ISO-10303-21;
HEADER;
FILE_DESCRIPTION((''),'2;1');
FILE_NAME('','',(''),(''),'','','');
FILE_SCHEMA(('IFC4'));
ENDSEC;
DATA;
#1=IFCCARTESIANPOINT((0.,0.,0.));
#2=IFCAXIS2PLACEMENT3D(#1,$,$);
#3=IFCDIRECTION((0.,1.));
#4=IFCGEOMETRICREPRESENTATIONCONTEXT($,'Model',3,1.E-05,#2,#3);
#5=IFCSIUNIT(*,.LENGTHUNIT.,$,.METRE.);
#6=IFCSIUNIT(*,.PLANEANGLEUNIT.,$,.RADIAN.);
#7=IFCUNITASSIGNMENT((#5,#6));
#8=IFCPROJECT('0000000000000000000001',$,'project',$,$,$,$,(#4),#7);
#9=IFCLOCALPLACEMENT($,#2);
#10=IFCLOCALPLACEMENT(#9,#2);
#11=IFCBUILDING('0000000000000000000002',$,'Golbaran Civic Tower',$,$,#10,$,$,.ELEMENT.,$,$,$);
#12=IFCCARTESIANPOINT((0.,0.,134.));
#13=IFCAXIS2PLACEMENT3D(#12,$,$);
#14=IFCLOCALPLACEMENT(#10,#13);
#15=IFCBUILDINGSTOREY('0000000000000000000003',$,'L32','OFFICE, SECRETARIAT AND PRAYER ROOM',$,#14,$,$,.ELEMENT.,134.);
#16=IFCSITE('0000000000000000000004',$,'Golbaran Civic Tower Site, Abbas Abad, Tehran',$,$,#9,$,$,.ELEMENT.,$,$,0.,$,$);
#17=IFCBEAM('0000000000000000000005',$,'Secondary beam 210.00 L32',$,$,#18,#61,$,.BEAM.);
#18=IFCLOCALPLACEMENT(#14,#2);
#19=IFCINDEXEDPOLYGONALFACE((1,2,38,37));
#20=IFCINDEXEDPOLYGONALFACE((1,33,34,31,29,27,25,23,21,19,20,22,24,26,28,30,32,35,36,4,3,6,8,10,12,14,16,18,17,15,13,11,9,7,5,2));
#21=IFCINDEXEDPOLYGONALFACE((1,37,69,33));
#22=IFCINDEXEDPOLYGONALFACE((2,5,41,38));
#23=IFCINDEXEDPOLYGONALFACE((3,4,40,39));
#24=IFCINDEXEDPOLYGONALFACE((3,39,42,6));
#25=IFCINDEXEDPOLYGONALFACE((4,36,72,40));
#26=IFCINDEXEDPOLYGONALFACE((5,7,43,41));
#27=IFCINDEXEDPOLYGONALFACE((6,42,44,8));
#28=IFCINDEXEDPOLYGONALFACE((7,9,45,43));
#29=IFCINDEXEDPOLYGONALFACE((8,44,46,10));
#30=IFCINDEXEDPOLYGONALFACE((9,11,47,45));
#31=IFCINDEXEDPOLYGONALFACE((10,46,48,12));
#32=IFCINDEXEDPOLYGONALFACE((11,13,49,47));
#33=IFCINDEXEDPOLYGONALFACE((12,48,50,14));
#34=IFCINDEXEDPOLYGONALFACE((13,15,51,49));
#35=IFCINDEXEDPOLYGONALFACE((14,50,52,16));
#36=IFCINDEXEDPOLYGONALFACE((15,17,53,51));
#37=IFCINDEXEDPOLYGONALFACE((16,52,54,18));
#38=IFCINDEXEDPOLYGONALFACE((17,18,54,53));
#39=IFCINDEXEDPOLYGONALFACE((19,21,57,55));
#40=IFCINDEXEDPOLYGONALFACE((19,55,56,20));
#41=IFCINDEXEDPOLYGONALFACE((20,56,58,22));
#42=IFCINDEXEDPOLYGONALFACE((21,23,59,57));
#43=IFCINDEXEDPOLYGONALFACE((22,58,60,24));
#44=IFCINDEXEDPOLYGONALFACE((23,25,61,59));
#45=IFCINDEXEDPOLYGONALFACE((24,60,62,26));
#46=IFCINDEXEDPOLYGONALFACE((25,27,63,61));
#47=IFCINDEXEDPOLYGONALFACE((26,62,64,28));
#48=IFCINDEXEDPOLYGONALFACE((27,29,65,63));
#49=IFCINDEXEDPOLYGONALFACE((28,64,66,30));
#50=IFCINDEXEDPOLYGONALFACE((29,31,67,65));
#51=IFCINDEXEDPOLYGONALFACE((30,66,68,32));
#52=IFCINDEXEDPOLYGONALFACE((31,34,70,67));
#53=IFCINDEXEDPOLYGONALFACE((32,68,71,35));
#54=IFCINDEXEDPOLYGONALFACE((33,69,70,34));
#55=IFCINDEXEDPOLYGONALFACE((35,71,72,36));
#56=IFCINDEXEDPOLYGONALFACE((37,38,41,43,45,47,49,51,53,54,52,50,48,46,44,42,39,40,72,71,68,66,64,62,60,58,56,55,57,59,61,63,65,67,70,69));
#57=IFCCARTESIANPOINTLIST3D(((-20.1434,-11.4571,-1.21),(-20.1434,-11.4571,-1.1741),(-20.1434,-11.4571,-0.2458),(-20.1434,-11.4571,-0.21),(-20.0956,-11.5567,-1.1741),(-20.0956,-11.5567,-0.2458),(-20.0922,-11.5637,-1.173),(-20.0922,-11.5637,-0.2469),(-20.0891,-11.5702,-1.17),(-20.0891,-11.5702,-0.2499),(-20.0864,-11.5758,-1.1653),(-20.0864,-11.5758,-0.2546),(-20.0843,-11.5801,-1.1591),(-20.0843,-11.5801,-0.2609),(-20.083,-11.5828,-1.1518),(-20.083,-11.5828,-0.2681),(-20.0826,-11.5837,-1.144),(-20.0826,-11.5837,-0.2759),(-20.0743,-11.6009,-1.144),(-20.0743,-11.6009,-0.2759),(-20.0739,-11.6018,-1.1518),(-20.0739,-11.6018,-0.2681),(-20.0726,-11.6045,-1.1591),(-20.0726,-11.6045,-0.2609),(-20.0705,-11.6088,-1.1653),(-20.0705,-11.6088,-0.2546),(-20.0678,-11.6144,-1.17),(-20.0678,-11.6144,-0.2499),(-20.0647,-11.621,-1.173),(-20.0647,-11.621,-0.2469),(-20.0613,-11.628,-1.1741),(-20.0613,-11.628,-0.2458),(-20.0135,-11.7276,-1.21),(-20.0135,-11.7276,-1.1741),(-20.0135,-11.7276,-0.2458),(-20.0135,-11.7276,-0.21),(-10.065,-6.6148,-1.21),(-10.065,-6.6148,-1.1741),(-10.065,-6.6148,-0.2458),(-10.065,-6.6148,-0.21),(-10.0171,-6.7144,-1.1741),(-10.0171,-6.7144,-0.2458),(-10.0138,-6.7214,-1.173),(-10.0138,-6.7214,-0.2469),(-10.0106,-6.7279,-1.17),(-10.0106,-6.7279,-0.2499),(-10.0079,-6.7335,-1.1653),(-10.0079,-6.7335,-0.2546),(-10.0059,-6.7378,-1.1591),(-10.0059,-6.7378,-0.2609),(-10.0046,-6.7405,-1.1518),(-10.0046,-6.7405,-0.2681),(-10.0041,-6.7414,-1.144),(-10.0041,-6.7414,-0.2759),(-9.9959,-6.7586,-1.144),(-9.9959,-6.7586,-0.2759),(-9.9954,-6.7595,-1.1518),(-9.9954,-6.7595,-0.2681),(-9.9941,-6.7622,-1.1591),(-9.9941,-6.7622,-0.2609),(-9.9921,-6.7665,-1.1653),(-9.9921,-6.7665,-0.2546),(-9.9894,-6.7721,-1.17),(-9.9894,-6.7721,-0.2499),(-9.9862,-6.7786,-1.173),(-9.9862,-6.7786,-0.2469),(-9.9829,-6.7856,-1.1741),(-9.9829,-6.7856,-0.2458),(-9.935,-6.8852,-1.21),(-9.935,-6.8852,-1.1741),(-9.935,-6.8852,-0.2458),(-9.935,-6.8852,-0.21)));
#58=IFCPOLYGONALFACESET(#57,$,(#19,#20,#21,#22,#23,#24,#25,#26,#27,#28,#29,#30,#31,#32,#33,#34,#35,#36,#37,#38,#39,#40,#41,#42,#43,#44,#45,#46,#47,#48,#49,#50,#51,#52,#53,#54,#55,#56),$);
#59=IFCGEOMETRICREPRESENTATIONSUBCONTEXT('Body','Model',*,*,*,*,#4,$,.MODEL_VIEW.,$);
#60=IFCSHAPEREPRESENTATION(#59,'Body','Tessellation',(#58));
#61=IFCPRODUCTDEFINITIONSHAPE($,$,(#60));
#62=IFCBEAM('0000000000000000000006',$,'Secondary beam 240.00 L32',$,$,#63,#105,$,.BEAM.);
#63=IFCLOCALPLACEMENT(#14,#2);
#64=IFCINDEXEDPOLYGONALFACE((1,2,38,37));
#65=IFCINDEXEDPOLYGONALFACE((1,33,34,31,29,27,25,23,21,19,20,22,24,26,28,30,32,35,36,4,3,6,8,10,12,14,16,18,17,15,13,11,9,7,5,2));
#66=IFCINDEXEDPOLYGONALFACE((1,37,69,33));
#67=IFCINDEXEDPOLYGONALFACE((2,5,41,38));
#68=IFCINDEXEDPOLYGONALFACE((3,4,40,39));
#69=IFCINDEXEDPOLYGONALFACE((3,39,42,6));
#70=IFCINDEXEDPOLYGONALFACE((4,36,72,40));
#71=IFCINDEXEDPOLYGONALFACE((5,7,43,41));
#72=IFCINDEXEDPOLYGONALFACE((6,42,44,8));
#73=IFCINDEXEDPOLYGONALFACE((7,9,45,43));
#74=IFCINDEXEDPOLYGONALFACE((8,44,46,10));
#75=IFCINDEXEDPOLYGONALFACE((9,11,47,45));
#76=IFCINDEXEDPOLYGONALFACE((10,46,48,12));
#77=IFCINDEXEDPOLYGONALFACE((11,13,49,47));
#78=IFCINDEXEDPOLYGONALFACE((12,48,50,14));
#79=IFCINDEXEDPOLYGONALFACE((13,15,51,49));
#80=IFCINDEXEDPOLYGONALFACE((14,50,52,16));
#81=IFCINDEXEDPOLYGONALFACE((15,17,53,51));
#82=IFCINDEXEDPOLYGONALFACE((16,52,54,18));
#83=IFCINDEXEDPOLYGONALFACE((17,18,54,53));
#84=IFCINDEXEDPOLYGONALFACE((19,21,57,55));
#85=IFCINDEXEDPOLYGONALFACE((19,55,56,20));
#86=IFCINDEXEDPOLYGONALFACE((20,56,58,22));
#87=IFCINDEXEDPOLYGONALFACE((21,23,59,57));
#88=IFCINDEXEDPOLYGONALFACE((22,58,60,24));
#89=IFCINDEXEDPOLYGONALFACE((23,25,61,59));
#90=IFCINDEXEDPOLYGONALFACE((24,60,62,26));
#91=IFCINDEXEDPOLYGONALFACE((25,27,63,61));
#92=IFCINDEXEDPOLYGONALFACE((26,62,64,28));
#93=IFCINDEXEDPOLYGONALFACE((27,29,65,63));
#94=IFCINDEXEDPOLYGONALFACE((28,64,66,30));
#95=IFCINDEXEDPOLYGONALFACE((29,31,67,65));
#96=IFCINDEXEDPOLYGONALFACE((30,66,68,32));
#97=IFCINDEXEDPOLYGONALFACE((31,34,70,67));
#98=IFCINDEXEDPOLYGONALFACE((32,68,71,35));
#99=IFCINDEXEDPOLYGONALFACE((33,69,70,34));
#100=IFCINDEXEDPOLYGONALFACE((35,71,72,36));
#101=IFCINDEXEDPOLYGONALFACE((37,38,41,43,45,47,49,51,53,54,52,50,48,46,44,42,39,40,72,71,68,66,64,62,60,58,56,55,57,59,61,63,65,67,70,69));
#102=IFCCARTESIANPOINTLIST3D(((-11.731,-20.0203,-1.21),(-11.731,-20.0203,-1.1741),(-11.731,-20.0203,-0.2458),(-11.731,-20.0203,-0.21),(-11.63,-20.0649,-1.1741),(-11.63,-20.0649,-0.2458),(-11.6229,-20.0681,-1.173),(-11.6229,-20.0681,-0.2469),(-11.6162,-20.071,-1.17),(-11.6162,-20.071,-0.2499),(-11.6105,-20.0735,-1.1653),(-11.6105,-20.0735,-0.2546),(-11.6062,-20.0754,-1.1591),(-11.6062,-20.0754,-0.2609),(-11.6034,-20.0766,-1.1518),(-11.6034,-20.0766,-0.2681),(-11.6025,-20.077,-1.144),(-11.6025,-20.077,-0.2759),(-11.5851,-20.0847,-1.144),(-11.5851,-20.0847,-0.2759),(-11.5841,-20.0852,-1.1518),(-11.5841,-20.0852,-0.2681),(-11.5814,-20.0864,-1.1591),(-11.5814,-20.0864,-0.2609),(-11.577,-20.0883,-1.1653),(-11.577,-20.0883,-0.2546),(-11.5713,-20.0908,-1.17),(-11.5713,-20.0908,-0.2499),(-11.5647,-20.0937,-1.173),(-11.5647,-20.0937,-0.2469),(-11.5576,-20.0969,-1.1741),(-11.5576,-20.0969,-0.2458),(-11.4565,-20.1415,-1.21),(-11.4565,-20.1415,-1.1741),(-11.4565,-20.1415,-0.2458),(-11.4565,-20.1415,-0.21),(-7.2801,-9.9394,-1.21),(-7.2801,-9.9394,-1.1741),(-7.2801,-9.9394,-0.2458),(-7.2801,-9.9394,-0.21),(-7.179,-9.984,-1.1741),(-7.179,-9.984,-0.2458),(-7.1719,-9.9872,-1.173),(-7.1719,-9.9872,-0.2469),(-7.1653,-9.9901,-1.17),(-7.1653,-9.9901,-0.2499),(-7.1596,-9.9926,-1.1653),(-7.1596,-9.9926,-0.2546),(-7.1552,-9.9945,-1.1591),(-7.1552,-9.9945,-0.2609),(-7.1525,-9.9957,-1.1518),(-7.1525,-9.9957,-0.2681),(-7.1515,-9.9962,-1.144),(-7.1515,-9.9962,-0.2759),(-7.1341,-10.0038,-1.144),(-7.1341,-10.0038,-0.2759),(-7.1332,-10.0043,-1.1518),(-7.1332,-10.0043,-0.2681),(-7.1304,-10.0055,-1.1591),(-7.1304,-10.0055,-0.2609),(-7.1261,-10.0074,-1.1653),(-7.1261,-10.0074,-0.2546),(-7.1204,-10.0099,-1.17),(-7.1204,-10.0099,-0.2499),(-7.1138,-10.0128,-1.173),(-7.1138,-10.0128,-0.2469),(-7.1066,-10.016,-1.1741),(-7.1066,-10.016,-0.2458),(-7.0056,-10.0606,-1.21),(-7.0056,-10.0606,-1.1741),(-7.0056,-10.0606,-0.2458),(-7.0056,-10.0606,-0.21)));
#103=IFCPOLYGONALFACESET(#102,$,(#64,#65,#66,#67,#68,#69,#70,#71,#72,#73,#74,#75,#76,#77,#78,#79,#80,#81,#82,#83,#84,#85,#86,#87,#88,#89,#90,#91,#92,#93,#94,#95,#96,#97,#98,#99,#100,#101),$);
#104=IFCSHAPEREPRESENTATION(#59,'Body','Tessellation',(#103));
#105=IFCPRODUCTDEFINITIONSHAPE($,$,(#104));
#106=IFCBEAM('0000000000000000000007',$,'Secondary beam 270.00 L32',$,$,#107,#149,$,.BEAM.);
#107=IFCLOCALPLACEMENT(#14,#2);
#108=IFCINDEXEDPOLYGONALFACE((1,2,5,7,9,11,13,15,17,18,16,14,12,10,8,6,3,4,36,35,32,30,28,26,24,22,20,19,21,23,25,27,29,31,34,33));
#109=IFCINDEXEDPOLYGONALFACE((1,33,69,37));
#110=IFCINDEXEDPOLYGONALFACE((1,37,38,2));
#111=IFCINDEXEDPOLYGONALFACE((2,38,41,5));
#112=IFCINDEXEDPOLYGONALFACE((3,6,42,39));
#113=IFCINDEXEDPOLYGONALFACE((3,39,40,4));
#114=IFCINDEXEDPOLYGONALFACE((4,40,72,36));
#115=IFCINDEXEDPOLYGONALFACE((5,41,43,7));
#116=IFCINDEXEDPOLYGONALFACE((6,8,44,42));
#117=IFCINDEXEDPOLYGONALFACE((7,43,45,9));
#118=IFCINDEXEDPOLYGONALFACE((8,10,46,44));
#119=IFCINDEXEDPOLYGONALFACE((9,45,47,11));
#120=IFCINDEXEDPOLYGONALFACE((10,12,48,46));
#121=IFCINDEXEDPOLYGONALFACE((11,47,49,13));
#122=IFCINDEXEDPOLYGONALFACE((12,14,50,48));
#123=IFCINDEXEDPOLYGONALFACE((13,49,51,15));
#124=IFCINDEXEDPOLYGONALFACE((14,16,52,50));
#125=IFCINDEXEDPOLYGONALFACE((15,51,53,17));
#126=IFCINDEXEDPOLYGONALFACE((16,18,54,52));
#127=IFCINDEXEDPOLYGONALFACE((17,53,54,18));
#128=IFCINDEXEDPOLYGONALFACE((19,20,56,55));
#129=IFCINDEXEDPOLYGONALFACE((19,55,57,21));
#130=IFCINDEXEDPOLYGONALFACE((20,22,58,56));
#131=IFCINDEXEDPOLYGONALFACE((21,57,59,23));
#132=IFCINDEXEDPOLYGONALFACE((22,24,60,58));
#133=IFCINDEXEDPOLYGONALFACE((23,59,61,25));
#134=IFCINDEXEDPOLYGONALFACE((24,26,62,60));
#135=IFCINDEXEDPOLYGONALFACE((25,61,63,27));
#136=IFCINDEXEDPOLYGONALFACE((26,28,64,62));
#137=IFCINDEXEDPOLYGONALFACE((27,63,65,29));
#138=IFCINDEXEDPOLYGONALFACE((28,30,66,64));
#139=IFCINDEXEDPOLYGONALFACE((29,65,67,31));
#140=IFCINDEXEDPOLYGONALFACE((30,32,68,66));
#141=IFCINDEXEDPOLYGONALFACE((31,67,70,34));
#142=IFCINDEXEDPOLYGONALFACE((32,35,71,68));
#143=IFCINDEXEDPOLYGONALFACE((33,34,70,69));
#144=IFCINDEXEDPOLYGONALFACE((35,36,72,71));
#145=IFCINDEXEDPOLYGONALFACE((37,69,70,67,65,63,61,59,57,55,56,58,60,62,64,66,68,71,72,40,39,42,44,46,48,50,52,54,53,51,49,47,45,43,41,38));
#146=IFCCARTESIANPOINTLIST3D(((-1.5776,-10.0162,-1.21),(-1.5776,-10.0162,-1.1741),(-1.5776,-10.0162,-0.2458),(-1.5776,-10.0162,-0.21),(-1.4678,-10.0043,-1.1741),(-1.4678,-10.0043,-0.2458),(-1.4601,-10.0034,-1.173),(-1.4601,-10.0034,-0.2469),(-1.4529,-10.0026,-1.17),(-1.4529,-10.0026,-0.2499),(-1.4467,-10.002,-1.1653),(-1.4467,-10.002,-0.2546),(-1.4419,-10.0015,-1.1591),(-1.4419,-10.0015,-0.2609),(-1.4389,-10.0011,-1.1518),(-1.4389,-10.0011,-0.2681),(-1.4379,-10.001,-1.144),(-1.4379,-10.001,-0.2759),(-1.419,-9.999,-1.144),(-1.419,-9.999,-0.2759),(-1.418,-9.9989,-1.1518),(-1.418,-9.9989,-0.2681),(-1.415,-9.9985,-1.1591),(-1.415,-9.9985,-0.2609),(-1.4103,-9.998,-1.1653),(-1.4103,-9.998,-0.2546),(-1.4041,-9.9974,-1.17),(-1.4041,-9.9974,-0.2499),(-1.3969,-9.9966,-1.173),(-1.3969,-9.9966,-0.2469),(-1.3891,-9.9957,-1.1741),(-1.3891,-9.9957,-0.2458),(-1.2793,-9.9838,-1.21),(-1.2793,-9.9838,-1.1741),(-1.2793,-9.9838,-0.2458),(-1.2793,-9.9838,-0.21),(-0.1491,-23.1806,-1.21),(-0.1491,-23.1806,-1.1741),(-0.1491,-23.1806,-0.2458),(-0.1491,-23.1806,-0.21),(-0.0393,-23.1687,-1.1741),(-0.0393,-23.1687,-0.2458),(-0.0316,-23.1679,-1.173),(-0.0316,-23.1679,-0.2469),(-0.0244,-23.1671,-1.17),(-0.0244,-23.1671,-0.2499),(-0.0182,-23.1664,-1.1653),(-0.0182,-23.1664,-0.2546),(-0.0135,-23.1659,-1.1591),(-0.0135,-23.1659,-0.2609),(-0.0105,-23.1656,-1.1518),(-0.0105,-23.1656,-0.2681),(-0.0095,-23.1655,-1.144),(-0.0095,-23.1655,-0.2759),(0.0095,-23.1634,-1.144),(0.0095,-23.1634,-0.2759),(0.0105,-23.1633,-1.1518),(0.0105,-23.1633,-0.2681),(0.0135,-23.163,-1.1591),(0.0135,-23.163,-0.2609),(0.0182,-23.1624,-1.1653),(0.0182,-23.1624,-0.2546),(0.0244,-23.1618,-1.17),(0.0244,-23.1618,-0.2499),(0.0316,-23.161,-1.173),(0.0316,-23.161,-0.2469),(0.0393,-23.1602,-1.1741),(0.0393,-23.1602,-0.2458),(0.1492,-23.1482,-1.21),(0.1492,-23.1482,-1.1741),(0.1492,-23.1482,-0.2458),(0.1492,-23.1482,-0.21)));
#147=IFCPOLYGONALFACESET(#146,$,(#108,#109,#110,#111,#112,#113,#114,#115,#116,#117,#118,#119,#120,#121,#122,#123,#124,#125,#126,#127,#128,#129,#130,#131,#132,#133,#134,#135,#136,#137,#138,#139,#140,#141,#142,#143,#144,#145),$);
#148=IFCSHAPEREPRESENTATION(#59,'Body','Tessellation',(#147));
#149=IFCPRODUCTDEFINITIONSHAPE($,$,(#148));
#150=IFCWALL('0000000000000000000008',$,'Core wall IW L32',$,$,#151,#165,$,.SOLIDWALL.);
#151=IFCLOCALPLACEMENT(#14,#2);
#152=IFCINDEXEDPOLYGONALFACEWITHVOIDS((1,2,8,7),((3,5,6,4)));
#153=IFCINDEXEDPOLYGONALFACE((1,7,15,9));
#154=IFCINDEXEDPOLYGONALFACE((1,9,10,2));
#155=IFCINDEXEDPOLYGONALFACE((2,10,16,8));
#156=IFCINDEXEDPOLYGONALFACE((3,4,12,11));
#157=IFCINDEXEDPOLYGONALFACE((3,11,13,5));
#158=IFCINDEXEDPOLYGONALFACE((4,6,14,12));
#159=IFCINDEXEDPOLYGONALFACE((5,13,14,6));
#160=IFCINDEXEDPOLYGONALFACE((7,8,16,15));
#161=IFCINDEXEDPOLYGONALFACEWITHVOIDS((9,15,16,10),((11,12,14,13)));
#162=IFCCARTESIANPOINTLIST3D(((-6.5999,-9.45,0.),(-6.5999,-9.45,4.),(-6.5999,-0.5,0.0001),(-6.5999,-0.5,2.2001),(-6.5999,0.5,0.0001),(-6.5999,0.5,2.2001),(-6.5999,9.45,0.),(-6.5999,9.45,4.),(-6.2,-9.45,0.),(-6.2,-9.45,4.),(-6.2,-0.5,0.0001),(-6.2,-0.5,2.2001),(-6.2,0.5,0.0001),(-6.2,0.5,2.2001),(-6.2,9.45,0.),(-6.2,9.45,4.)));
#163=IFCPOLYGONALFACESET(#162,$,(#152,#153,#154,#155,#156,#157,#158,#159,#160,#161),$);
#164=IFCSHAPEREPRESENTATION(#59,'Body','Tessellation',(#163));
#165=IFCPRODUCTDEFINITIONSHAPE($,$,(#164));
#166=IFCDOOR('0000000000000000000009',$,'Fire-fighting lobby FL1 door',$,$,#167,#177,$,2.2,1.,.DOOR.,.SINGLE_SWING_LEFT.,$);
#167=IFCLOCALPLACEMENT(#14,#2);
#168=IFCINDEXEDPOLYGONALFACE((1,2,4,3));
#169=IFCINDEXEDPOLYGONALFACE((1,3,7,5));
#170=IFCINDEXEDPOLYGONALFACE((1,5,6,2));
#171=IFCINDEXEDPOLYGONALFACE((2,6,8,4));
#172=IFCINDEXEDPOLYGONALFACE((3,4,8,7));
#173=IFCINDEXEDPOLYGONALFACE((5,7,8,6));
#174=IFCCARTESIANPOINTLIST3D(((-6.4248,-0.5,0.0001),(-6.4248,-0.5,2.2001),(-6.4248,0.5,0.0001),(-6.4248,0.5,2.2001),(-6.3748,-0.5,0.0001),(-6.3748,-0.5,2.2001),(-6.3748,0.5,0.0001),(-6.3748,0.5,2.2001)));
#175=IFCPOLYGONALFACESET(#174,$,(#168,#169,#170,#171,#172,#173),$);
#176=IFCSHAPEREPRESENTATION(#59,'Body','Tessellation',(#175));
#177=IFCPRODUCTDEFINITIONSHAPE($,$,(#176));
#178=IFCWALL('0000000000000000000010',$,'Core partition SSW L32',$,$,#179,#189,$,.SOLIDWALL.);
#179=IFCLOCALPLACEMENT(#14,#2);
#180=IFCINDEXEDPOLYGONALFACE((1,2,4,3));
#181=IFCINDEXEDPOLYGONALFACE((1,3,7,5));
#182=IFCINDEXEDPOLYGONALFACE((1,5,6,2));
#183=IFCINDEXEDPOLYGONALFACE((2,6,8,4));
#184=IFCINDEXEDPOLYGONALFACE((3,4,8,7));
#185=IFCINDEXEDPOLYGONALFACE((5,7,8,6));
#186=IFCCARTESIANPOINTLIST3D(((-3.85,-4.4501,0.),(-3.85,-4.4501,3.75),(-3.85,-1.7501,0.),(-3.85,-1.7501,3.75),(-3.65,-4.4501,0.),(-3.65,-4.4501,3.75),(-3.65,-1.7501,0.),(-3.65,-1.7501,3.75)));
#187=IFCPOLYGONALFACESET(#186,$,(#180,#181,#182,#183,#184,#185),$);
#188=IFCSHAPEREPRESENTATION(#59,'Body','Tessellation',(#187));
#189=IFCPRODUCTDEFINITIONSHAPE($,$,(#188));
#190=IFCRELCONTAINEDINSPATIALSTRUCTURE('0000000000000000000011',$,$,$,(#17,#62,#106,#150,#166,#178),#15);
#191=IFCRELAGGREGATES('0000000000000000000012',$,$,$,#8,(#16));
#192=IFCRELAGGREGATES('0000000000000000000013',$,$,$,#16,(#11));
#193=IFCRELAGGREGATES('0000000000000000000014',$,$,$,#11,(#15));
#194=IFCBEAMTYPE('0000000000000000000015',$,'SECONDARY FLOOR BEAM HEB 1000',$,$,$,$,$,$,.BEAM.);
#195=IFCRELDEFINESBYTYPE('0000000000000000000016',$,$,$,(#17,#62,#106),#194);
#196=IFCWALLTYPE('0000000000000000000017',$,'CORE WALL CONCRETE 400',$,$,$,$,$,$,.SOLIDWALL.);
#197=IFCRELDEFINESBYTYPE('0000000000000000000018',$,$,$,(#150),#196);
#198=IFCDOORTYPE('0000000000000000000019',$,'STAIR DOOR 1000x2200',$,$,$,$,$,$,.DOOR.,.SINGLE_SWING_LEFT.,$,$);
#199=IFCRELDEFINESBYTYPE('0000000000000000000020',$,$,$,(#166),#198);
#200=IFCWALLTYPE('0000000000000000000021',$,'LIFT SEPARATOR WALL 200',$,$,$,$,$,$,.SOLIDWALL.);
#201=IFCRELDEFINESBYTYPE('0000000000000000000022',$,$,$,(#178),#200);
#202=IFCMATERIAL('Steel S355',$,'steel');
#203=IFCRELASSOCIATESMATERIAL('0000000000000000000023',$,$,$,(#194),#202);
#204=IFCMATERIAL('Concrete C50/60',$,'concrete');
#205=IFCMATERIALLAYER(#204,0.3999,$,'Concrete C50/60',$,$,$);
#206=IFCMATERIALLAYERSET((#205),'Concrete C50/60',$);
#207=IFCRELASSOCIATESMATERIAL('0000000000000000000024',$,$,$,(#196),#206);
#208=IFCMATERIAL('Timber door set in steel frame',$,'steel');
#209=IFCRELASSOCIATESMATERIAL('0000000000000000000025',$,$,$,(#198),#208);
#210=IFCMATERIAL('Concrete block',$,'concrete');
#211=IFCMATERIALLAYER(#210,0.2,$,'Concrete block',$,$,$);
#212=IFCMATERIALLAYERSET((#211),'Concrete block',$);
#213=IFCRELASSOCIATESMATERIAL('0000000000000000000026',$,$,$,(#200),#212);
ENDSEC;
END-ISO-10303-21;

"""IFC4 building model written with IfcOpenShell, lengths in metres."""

from ifc_helpers import new_model, si_unit, direction, frame, frame_2d, origin, origin_2d, place, context, subcontext, project, spatial, rectangle, i_section, extrude, material, layer, layer_set, material_profile, profile_set, type_object, element, fill, save


model = new_model("IFC4")

# Units and contexts
model_context = context("Model", 3, precision=1e-05, world=origin(), true_north=direction((0.0, 1.0)))
body_context = subcontext(model_context, "Body", "Model", "MODEL_VIEW")
ifc_project = project(units=[si_unit("LENGTHUNIT", "METRE"), si_unit("PLANEANGLEUNIT", "RADIAN")], contexts=[model_context])

# Site, building, storey
site_placement = place(None, origin())
site = spatial("IfcSite", under=ifc_project, at=site_placement, Name="Golbaran Civic Tower Site, Abbas Abad, Tehran", CompositionType="ELEMENT", RefElevation=0.0)
building_placement = place(site_placement, origin())
building = spatial("IfcBuilding", under=site, at=building_placement, Name="Golbaran Civic Tower", CompositionType="ELEMENT")
storey_placement = place(building_placement, frame((0.0, 0.0, 134.0)))
storey = spatial("IfcBuildingStorey", under=building, at=storey_placement, Name="L32", Description="OFFICE, SECRETARIAT AND PRAYER ROOM", CompositionType="ELEMENT", Elevation=134.0)

# Beams
ifc_material_1 = material(Name="Steel S355", Category="steel")
ifc_material_profile_1 = material_profile(ifc_material_1, i_section(OverallWidth=0.3, OverallDepth=1.0, WebThickness=0.019, FlangeThickness=0.0359, FilletRadius=0.03, at=origin_2d()), Name="HEB 1000")
ifc_profile_set_1 = profile_set([ifc_material_profile_1], Name="Steel S355")
beam_type_1 = type_object("IfcBeamType", Name="SECONDARY FLOOR BEAM HEB 1000", PredefinedType="BEAM", material=ifc_profile_set_1)
beam_1_placement = place(storey_placement, frame((-10.0, -6.75, -0.71), z_axis=(-0.90136, -0.43307, 0.0), x_axis=(0.43307, -0.90136, 0.0)))
element("IfcBeam", 1, at=beam_1_placement, inside=storey, type_object=beam_type_1, Name="Secondary beam 210.00 L32", PredefinedType="BEAM", context=body_context, shape_type="SweptSolid", body=[
    extrude(i_section(OverallWidth=0.3, OverallDepth=1.0, WebThickness=0.019, FlangeThickness=0.0359, FilletRadius=0.03, at=origin_2d()), origin(), (0.0, 0.0, 1.0), 11.1814),
])
beam_2_placement = place(storey_placement, frame((-7.1428, -10.0, -0.71), z_axis=(-0.403907, -0.9148, 0.0), x_axis=(0.9148, -0.403907, 0.0)))
element("IfcBeam", 2, at=beam_2_placement, inside=storey, type_object=beam_type_1, Name="Secondary beam 240.00 L32", PredefinedType="BEAM", context=body_context, shape_type="SweptSolid", body=[
    extrude(i_section(OverallWidth=0.3, OverallDepth=1.0, WebThickness=0.019, FlangeThickness=0.0359, FilletRadius=0.03, at=origin_2d()), origin(), (0.0, 0.0, 1.0), 11.0198),
])
beam_3_placement = place(storey_placement, frame((-1.4285, -10.0, -0.71), z_axis=(0.107877, -0.994164, 0.0), x_axis=(0.994164, 0.107877, 0.0)))
element("IfcBeam", 3, at=beam_3_placement, inside=storey, type_object=beam_type_1, Name="Secondary beam 270.00 L32", PredefinedType="BEAM", context=body_context, shape_type="SweptSolid", body=[
    extrude(i_section(OverallWidth=0.3, OverallDepth=1.0, WebThickness=0.019, FlangeThickness=0.0359, FilletRadius=0.03, at=origin_2d()), origin(), (0.0, 0.0, 1.0), 13.2417),
])

# Wall, opening, door
ifc_material_2 = material(Name="Concrete C50/60", Category="concrete")
ifc_layer_1 = layer(ifc_material_2, 0.3999, Name="Concrete C50/60")
ifc_layer_set_1 = layer_set([ifc_layer_1], Name="Concrete C50/60")
wall_type_1 = type_object("IfcWallType", Name="CORE WALL CONCRETE 400", PredefinedType="SOLIDWALL", material=ifc_layer_set_1)
wall_1_placement = place(storey_placement, frame((-6.3999, -9.45, 0.0), z_axis=(0.0, 0.0, 1.0), x_axis=(0.0, 1.0, 0.0)))
wall_1 = element("IfcWall", 4, at=wall_1_placement, inside=storey, type_object=wall_type_1, Name="Core wall IW L32", PredefinedType="SOLIDWALL", context=body_context, shape_type="SweptSolid", body=[
    extrude(rectangle(XDim=18.8999, YDim=0.3999, at=frame_2d((9.45, 0.0))), origin(), (0.0, 0.0, 1.0), 4.0),
])
opening_1_placement = place(wall_1_placement, frame((8.95, 0.0, 0.0)))
opening_1 = element("IfcOpeningElement", 5, at=opening_1_placement, cuts=wall_1, PredefinedType="OPENING", context=body_context, shape_type="SweptSolid", body=[
    extrude(rectangle(XDim=1.0, YDim=2.2, at=frame_2d((0.5, 1.1001))), frame((0.0, 0.21, 0.0), z_axis=(0.0, -1.0, 0.0), x_axis=(1.0, 0.0, 0.0)), (0.0, 0.0, 1.0), 0.4199),
])
ifc_material_3 = material(Name="Timber door set in steel frame", Category="steel")
door_type_1 = type_object("IfcDoorType", Name="STAIR DOOR 1000x2200", OperationType="SINGLE_SWING_LEFT", PredefinedType="DOOR", material=ifc_material_3)
door_1_placement = place(opening_1_placement, origin())
door_1 = element("IfcDoor", 6, at=door_1_placement, inside=storey, type_object=door_type_1, Name="Fire-fighting lobby FL1 door", OperationType="SINGLE_SWING_LEFT", OverallHeight=2.2, OverallWidth=1.0, PredefinedType="DOOR", context=body_context, shape_type="SweptSolid", body=[
    extrude(rectangle(XDim=1.0, YDim=2.2, at=frame_2d((0.5, 1.1001))), frame((0.0, 0.0249, 0.0), z_axis=(0.0, -1.0, 0.0), x_axis=(1.0, 0.0, 0.0)), (0.0, 0.0, 1.0), 0.05),
])
fill(opening_1, door_1)

# Wall
ifc_material_4 = material(Name="Concrete block", Category="concrete")
ifc_layer_2 = layer(ifc_material_4, 0.2, Name="Concrete block")
ifc_layer_set_2 = layer_set([ifc_layer_2], Name="Concrete block")
wall_type_2 = type_object("IfcWallType", Name="LIFT SEPARATOR WALL 200", PredefinedType="SOLIDWALL", material=ifc_layer_set_2)
for number, where, z_axis, x_axis, name in (
    (7, (-3.75, -1.75, 0.0), (0.0, 0.0, 1.0), (0.0, -1.0, 0.0), "Core partition SSW L32"),
):
    element("IfcWall", number, at=place(storey_placement, frame(where, z_axis=z_axis, x_axis=x_axis)), inside=storey, type_object=wall_type_2, Name=name, PredefinedType="SOLIDWALL", context=body_context, shape_type="SweptSolid", body=[
        extrude(rectangle(XDim=2.7, YDim=0.2, at=frame_2d((1.3501, 0.0))), origin(), (0.0, 0.0, 1.0), 3.75),
    ])

save(model, "model.ifc")
